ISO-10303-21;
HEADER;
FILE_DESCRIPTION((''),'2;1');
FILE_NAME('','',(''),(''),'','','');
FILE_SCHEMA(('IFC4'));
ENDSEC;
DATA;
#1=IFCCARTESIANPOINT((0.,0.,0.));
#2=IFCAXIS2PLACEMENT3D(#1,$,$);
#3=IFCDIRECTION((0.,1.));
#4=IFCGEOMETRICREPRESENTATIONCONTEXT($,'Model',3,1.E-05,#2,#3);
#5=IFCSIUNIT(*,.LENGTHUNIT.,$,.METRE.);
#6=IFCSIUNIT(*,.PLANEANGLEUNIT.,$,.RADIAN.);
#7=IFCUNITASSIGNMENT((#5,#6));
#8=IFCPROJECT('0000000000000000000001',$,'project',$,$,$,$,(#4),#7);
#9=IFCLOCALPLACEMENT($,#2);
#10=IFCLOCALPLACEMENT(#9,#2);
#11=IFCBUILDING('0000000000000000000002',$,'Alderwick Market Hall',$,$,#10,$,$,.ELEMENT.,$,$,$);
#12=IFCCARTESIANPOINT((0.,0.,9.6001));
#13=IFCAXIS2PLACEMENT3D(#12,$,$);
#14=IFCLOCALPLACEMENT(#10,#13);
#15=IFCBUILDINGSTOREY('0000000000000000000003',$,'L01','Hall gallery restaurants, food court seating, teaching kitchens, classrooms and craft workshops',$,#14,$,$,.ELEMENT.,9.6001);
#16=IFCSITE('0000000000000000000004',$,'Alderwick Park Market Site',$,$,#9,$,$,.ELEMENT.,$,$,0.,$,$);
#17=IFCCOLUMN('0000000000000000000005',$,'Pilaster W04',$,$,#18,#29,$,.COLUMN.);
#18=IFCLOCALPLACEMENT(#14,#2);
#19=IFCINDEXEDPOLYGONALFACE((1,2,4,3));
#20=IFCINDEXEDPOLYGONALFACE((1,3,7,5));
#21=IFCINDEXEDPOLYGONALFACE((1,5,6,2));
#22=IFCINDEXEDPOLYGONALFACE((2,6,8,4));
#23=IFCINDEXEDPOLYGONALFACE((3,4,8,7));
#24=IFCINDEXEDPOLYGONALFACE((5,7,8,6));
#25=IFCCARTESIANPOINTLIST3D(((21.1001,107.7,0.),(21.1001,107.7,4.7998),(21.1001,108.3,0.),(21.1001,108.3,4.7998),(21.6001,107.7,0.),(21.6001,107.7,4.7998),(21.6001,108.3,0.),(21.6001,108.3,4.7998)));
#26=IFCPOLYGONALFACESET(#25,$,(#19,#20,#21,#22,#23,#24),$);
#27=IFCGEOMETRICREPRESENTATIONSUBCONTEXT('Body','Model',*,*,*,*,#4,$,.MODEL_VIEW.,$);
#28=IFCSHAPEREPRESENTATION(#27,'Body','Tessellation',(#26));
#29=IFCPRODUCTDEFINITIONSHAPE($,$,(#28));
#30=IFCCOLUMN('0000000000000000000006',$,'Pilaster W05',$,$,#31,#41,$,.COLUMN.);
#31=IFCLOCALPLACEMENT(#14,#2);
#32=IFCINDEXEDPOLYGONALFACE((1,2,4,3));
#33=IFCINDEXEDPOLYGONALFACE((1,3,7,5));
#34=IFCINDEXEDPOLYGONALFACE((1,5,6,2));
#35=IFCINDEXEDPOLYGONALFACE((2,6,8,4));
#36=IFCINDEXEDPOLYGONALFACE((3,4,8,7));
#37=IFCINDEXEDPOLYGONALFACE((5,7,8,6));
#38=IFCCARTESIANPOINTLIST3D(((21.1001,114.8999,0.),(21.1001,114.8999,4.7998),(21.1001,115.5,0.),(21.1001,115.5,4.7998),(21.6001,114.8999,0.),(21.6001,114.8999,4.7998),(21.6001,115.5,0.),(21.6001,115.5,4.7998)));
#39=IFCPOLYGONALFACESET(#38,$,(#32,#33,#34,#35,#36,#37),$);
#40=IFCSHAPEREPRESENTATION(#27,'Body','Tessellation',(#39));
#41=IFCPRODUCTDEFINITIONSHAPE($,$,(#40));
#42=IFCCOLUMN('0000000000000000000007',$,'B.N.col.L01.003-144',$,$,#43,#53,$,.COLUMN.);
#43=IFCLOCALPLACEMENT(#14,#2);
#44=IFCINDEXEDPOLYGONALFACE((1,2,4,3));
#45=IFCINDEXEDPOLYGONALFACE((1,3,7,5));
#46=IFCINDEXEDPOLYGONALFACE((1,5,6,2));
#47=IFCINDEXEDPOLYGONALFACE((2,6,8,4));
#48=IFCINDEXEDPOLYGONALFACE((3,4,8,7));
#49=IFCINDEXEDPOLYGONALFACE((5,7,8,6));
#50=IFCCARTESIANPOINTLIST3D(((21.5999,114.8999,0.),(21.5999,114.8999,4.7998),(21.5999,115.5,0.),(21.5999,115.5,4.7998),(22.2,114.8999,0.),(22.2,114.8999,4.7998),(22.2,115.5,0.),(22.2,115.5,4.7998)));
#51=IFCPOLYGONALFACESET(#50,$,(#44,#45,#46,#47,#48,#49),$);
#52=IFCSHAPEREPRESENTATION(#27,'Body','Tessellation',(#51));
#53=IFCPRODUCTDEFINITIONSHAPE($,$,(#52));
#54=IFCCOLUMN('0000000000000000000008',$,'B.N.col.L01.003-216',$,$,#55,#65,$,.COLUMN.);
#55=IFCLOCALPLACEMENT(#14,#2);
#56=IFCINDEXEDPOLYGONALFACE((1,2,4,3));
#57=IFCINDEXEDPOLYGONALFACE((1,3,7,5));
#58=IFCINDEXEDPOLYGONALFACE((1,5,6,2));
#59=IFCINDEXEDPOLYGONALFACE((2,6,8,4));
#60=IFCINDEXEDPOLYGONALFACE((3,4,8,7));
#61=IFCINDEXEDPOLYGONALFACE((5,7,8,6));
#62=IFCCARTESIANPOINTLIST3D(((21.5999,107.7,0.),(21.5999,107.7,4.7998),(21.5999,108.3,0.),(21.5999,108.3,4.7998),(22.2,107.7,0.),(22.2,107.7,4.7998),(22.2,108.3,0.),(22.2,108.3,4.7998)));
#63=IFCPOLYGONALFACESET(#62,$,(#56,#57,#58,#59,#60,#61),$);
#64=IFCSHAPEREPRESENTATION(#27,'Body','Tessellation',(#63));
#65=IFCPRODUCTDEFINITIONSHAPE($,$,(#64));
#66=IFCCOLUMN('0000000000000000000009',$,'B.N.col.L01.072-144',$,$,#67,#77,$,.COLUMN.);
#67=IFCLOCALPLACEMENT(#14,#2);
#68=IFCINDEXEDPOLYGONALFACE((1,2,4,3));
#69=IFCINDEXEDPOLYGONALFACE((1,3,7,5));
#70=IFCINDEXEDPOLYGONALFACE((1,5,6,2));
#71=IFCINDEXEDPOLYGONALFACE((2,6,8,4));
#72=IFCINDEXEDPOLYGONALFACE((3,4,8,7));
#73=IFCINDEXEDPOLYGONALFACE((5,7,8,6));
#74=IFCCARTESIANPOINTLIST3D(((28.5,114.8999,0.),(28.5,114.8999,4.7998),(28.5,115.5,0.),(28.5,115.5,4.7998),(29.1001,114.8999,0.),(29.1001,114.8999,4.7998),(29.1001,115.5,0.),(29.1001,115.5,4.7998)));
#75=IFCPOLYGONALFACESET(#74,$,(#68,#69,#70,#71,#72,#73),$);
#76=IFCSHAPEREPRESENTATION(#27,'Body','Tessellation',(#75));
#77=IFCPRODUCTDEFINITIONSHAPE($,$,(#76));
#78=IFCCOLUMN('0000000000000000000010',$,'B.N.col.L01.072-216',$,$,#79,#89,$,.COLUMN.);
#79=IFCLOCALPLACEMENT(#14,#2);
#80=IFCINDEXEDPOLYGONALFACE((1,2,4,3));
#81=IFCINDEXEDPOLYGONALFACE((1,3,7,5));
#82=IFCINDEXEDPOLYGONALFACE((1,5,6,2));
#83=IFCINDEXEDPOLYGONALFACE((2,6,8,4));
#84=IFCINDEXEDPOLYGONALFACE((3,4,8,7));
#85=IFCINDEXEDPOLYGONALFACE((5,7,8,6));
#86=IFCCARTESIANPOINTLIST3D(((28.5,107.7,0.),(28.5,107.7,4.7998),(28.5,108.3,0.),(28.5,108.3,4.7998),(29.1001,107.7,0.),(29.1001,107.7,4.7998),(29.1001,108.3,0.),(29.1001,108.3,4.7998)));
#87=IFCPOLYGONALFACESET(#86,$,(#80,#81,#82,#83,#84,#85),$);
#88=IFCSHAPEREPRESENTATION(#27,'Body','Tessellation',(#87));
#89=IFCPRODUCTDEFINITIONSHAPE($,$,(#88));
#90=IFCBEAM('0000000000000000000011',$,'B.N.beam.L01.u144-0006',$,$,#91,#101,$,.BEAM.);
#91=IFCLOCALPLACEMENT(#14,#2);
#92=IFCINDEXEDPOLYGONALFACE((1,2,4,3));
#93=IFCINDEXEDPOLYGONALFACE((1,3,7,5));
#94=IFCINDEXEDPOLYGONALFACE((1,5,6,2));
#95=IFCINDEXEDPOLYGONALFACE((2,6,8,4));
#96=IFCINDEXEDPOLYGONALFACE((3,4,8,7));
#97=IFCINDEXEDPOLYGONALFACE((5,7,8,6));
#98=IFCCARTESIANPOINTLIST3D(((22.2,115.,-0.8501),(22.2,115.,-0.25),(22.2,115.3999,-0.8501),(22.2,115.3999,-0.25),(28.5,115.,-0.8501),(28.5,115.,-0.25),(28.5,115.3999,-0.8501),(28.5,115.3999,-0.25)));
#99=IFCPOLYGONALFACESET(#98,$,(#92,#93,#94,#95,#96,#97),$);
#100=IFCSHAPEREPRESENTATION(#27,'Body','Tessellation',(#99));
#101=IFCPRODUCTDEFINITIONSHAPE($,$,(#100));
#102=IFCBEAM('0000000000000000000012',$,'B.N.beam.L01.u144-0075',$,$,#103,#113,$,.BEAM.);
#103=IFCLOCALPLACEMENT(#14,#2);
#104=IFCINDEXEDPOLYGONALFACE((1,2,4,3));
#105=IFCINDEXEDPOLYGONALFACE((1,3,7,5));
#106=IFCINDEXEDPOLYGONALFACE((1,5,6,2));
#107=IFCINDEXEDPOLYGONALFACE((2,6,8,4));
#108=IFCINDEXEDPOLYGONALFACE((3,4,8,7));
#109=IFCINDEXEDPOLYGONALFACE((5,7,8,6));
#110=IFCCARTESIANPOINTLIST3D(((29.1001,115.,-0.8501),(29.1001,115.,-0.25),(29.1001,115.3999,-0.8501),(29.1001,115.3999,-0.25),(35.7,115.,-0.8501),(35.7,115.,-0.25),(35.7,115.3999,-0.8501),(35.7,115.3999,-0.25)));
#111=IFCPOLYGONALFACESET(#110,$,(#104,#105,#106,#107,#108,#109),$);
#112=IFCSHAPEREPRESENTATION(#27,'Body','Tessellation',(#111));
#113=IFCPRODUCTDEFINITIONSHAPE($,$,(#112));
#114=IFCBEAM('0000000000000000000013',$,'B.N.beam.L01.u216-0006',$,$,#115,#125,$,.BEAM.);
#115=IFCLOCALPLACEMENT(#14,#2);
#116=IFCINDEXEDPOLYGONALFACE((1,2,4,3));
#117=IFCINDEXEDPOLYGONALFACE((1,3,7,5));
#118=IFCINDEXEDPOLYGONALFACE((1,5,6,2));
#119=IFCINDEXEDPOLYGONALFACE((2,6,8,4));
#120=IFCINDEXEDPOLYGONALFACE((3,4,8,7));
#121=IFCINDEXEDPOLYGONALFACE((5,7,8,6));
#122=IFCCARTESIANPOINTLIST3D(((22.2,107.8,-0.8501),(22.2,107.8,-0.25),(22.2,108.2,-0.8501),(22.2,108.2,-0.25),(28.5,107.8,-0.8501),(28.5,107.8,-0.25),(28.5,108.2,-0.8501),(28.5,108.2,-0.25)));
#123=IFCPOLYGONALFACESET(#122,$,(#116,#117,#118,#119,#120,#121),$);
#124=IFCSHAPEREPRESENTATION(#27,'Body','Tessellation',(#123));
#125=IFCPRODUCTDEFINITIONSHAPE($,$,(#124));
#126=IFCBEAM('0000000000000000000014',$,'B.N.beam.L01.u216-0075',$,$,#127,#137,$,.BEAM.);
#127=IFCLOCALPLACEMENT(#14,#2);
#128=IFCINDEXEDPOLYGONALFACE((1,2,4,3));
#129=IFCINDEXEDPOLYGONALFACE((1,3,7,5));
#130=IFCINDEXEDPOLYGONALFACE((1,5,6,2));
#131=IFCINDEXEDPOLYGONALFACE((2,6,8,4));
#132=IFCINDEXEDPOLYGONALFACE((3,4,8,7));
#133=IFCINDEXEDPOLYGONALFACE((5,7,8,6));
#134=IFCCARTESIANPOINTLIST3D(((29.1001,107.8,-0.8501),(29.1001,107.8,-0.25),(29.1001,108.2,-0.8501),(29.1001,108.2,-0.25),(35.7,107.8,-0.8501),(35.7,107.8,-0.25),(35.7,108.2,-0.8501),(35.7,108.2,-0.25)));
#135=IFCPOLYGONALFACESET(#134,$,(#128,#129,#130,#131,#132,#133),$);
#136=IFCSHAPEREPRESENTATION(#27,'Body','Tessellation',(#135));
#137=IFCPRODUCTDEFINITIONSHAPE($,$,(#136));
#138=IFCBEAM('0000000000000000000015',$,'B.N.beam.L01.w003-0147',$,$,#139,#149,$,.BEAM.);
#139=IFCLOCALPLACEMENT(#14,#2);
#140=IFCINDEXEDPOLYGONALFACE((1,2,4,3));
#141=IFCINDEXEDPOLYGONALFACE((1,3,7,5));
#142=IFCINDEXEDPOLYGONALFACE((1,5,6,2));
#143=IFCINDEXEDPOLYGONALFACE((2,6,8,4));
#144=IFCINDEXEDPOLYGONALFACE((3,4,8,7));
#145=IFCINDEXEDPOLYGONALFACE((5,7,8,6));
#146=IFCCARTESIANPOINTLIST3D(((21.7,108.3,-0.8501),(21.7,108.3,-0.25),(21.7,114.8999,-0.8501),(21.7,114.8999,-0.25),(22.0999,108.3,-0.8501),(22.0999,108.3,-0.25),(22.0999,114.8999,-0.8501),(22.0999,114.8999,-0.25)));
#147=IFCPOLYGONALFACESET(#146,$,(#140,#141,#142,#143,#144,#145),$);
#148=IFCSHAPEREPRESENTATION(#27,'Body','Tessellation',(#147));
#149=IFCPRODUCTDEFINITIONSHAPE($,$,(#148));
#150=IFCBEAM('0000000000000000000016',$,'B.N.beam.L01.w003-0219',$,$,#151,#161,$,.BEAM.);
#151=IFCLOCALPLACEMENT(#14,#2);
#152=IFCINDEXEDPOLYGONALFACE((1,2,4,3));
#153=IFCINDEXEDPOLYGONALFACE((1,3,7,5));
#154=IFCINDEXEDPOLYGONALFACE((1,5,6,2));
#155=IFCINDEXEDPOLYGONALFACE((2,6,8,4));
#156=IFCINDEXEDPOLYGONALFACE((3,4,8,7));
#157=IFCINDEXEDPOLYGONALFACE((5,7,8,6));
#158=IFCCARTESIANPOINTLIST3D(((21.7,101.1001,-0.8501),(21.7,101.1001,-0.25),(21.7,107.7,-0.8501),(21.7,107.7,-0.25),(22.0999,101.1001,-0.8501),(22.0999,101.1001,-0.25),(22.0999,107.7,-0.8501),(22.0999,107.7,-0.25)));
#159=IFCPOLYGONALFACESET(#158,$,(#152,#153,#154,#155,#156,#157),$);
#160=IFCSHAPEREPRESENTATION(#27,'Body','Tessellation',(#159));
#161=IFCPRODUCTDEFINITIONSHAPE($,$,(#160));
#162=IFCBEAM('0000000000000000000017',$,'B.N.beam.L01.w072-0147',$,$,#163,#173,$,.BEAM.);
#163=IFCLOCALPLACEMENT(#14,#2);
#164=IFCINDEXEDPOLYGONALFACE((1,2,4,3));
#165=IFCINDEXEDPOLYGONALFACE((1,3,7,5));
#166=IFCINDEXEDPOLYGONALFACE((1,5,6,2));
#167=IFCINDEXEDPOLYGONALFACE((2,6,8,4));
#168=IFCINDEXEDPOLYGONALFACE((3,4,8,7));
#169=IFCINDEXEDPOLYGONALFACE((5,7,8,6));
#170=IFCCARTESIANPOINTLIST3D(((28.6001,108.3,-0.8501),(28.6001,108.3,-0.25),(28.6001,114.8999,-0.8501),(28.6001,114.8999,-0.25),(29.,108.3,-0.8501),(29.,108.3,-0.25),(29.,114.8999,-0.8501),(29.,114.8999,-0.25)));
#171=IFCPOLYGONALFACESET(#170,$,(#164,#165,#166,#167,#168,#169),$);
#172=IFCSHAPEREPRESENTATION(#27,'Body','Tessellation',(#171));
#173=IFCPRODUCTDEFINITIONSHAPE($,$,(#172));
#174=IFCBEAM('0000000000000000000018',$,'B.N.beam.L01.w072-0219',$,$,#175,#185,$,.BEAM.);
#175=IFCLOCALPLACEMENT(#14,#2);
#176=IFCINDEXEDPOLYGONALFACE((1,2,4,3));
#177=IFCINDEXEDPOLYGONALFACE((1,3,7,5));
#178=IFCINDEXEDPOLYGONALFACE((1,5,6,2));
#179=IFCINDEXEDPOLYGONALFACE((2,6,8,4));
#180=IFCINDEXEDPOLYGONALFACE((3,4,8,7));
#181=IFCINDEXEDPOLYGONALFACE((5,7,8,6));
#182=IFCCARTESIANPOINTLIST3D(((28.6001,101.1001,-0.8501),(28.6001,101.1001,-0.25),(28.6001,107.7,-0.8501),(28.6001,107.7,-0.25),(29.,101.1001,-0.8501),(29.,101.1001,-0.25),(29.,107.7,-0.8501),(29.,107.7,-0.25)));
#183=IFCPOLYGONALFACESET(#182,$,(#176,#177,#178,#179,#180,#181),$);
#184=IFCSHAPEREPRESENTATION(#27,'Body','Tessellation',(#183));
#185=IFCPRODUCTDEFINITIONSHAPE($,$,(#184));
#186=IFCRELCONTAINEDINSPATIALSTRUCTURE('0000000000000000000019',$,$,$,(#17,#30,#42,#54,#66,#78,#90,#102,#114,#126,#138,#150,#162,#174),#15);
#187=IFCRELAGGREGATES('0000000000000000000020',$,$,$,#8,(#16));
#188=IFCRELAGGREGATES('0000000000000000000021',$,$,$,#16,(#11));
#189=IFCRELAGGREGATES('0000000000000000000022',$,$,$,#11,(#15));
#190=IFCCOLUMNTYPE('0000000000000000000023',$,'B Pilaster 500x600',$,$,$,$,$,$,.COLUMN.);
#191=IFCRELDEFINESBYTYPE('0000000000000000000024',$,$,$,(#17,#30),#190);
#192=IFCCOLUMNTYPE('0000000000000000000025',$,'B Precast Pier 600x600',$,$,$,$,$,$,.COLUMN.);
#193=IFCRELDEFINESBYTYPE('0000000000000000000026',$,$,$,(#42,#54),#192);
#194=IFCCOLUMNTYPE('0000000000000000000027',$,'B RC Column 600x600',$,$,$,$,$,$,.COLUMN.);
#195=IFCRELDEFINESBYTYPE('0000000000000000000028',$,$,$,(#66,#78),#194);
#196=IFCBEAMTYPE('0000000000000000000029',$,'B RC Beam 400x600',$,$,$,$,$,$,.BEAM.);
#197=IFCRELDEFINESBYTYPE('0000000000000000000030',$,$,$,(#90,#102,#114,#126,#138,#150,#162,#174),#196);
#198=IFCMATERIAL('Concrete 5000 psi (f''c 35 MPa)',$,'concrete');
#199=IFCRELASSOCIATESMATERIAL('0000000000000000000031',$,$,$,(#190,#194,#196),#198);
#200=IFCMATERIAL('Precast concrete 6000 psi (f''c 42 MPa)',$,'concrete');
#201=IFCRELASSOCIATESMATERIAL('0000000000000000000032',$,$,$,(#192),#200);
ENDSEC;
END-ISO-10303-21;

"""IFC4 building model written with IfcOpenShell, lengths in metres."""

from ifc_helpers import new_model, si_unit, direction, frame, origin, origin_2d, place, context, subcontext, project, spatial, rectangle, extrude, material, material_profile, profile_set, type_object, element, save


model = new_model("IFC4")

# Units and contexts
model_context = context("Model", 3, precision=1e-05, world=origin(), true_north=direction((0.0, 1.0)))
body_context = subcontext(model_context, "Body", "Model", "MODEL_VIEW")
ifc_project = project(units=[si_unit("LENGTHUNIT", "METRE"), si_unit("PLANEANGLEUNIT", "RADIAN")], contexts=[model_context])

# Site, building, storey
site_placement = place(None, origin())
site = spatial("IfcSite", under=ifc_project, at=site_placement, Name="Alderwick Park Market Site", CompositionType="ELEMENT", RefElevation=0.0)
building_placement = place(site_placement, origin())
building = spatial("IfcBuilding", under=site, at=building_placement, Name="Alderwick Market Hall", CompositionType="ELEMENT")
storey_placement = place(building_placement, frame((0.0, 0.0, 9.6001)))
storey = spatial("IfcBuildingStorey", under=building, at=storey_placement, Name="L01", Description="Hall gallery restaurants, food court seating, teaching kitchens, classrooms and craft workshops", CompositionType="ELEMENT", Elevation=9.6001)

# Columns
ifc_material_1 = material(Name="Concrete 5000 psi (f'c 35 MPa)", Category="concrete")
ifc_material_profile_1 = material_profile(ifc_material_1, rectangle(XDim=0.5, YDim=0.6001, at=origin_2d()), Name="B Pilaster 500x600")
ifc_profile_set_1 = profile_set([ifc_material_profile_1], Name="Concrete 5000 psi (f'c 35 MPa)")
column_type_1 = type_object("IfcColumnType", Name="B Pilaster 500x600", PredefinedType="COLUMN", material=ifc_profile_set_1)
for number, where, z_axis, x_axis, name in (
    (1, (21.3501, 108.0, 0.0), (0.0, 0.0, 1.0), (1.0, 0.0, 0.0), "Pilaster W04"),
    (2, (21.3501, 115.2, 0.0), (0.0, 0.0, 1.0), (1.0, 0.0, 0.0), "Pilaster W05"),
):
    element("IfcColumn", number, at=place(storey_placement, frame(where, z_axis=z_axis, x_axis=x_axis)), inside=storey, type_object=column_type_1, Name=name, PredefinedType="COLUMN", context=body_context, shape_type="SweptSolid", body=[
        extrude(rectangle(XDim=0.5, YDim=0.6001, at=origin_2d()), origin(), (0.0, 0.0, 1.0), 4.7998),
    ])
ifc_material_2 = material(Name="Precast concrete 6000 psi (f'c 42 MPa)", Category="concrete")
ifc_material_profile_2 = material_profile(ifc_material_2, rectangle(XDim=0.6001, YDim=0.6001, at=origin_2d()), Name="B Precast Pier 600x600")
ifc_profile_set_2 = profile_set([ifc_material_profile_2], Name="Precast concrete 6000 psi (f'c 42 MPa)")
column_type_2 = type_object("IfcColumnType", Name="B Precast Pier 600x600", PredefinedType="COLUMN", material=ifc_profile_set_2)
for number, where, z_axis, x_axis, name in (
    (3, (21.8999, 115.2, 0.0), (0.0, 0.0, 1.0), (1.0, 0.0, 0.0), "B.N.col.L01.003-144"),
    (4, (21.8999, 108.0, 0.0), (0.0, 0.0, 1.0), (1.0, 0.0, 0.0), "B.N.col.L01.003-216"),
):
    element("IfcColumn", number, at=place(storey_placement, frame(where, z_axis=z_axis, x_axis=x_axis)), inside=storey, type_object=column_type_2, Name=name, PredefinedType="COLUMN", context=body_context, shape_type="SweptSolid", body=[
        extrude(rectangle(XDim=0.6001, YDim=0.6001, at=origin_2d()), origin(), (0.0, 0.0, 1.0), 4.7998),
    ])
ifc_material_profile_3 = material_profile(ifc_material_1, rectangle(XDim=0.6001, YDim=0.6001, at=origin_2d()), Name="B RC Column 600x600")
ifc_profile_set_3 = profile_set([ifc_material_profile_3], Name="Concrete 5000 psi (f'c 35 MPa)")
column_type_3 = type_object("IfcColumnType", Name="B RC Column 600x600", PredefinedType="COLUMN", material=ifc_profile_set_3)
for number, where, z_axis, x_axis, name in (
    (5, (28.8, 115.2, 0.0), (0.0, 0.0, 1.0), (1.0, 0.0, 0.0), "B.N.col.L01.072-144"),
    (6, (28.8, 108.0, 0.0), (0.0, 0.0, 1.0), (1.0, 0.0, 0.0), "B.N.col.L01.072-216"),
):
    element("IfcColumn", number, at=place(storey_placement, frame(where, z_axis=z_axis, x_axis=x_axis)), inside=storey, type_object=column_type_3, Name=name, PredefinedType="COLUMN", context=body_context, shape_type="SweptSolid", body=[
        extrude(rectangle(XDim=0.6001, YDim=0.6001, at=origin_2d()), origin(), (0.0, 0.0, 1.0), 4.7998),
    ])

# Beams
ifc_material_profile_4 = material_profile(ifc_material_1, rectangle(XDim=0.3999, YDim=0.6001, at=origin_2d()), Name="B RC Beam 400x600")
ifc_profile_set_4 = profile_set([ifc_material_profile_4], Name="Concrete 5000 psi (f'c 35 MPa)")
beam_type = type_object("IfcBeamType", Name="B RC Beam 400x600", PredefinedType="BEAM", material=ifc_profile_set_4)
beam_1_placement = place(storey_placement, frame((22.2, 115.2, -0.55), z_axis=(1.0, 0.0, 0.0), x_axis=(0.0, 1.0, 0.0)))
element("IfcBeam", 7, at=beam_1_placement, inside=storey, type_object=beam_type, Name="B.N.beam.L01.u144-0006", PredefinedType="BEAM", context=body_context, shape_type="SweptSolid", body=[
    extrude(rectangle(XDim=0.3999, YDim=0.6001, at=origin_2d()), origin(), (0.0, 0.0, 1.0), 6.3),
])
beam_2_placement = place(storey_placement, frame((29.1001, 115.2, -0.55), z_axis=(1.0, 0.0, 0.0), x_axis=(0.0, 1.0, 0.0)))
element("IfcBeam", 8, at=beam_2_placement, inside=storey, type_object=beam_type, Name="B.N.beam.L01.u144-0075", PredefinedType="BEAM", context=body_context, shape_type="SweptSolid", body=[
    extrude(rectangle(XDim=0.3999, YDim=0.6001, at=origin_2d()), origin(), (0.0, 0.0, 1.0), 6.5999),
])
beam_3_placement = place(storey_placement, frame((22.2, 108.0, -0.55), z_axis=(1.0, 0.0, 0.0), x_axis=(0.0, 1.0, 0.0)))
element("IfcBeam", 9, at=beam_3_placement, inside=storey, type_object=beam_type, Name="B.N.beam.L01.u216-0006", PredefinedType="BEAM", context=body_context, shape_type="SweptSolid", body=[
    extrude(rectangle(XDim=0.3999, YDim=0.6001, at=origin_2d()), origin(), (0.0, 0.0, 1.0), 6.3),
])
for number, where, z_axis, x_axis, name in (
    (10, (29.1001, 108.0, -0.55), (1.0, 0.0, 0.0), (0.0, 1.0, 0.0), "B.N.beam.L01.u216-0075"),
    (11, (21.8999, 114.8999, -0.55), (0.0, -1.0, 0.0), (1.0, 0.0, 0.0), "B.N.beam.L01.w003-0147"),
    (12, (21.8999, 107.7, -0.55), (0.0, -1.0, 0.0), (1.0, 0.0, 0.0), "B.N.beam.L01.w003-0219"),
    (13, (28.8, 114.8999, -0.55), (0.0, -1.0, 0.0), (1.0, 0.0, 0.0), "B.N.beam.L01.w072-0147"),
    (14, (28.8, 107.7, -0.55), (0.0, -1.0, 0.0), (1.0, 0.0, 0.0), "B.N.beam.L01.w072-0219"),
):
    element("IfcBeam", number, at=place(storey_placement, frame(where, z_axis=z_axis, x_axis=x_axis)), inside=storey, type_object=beam_type, Name=name, PredefinedType="BEAM", context=body_context, shape_type="SweptSolid", body=[
        extrude(rectangle(XDim=0.3999, YDim=0.6001, at=origin_2d()), origin(), (0.0, 0.0, 1.0), 6.5999),
    ])

save(model, "model.ifc")
